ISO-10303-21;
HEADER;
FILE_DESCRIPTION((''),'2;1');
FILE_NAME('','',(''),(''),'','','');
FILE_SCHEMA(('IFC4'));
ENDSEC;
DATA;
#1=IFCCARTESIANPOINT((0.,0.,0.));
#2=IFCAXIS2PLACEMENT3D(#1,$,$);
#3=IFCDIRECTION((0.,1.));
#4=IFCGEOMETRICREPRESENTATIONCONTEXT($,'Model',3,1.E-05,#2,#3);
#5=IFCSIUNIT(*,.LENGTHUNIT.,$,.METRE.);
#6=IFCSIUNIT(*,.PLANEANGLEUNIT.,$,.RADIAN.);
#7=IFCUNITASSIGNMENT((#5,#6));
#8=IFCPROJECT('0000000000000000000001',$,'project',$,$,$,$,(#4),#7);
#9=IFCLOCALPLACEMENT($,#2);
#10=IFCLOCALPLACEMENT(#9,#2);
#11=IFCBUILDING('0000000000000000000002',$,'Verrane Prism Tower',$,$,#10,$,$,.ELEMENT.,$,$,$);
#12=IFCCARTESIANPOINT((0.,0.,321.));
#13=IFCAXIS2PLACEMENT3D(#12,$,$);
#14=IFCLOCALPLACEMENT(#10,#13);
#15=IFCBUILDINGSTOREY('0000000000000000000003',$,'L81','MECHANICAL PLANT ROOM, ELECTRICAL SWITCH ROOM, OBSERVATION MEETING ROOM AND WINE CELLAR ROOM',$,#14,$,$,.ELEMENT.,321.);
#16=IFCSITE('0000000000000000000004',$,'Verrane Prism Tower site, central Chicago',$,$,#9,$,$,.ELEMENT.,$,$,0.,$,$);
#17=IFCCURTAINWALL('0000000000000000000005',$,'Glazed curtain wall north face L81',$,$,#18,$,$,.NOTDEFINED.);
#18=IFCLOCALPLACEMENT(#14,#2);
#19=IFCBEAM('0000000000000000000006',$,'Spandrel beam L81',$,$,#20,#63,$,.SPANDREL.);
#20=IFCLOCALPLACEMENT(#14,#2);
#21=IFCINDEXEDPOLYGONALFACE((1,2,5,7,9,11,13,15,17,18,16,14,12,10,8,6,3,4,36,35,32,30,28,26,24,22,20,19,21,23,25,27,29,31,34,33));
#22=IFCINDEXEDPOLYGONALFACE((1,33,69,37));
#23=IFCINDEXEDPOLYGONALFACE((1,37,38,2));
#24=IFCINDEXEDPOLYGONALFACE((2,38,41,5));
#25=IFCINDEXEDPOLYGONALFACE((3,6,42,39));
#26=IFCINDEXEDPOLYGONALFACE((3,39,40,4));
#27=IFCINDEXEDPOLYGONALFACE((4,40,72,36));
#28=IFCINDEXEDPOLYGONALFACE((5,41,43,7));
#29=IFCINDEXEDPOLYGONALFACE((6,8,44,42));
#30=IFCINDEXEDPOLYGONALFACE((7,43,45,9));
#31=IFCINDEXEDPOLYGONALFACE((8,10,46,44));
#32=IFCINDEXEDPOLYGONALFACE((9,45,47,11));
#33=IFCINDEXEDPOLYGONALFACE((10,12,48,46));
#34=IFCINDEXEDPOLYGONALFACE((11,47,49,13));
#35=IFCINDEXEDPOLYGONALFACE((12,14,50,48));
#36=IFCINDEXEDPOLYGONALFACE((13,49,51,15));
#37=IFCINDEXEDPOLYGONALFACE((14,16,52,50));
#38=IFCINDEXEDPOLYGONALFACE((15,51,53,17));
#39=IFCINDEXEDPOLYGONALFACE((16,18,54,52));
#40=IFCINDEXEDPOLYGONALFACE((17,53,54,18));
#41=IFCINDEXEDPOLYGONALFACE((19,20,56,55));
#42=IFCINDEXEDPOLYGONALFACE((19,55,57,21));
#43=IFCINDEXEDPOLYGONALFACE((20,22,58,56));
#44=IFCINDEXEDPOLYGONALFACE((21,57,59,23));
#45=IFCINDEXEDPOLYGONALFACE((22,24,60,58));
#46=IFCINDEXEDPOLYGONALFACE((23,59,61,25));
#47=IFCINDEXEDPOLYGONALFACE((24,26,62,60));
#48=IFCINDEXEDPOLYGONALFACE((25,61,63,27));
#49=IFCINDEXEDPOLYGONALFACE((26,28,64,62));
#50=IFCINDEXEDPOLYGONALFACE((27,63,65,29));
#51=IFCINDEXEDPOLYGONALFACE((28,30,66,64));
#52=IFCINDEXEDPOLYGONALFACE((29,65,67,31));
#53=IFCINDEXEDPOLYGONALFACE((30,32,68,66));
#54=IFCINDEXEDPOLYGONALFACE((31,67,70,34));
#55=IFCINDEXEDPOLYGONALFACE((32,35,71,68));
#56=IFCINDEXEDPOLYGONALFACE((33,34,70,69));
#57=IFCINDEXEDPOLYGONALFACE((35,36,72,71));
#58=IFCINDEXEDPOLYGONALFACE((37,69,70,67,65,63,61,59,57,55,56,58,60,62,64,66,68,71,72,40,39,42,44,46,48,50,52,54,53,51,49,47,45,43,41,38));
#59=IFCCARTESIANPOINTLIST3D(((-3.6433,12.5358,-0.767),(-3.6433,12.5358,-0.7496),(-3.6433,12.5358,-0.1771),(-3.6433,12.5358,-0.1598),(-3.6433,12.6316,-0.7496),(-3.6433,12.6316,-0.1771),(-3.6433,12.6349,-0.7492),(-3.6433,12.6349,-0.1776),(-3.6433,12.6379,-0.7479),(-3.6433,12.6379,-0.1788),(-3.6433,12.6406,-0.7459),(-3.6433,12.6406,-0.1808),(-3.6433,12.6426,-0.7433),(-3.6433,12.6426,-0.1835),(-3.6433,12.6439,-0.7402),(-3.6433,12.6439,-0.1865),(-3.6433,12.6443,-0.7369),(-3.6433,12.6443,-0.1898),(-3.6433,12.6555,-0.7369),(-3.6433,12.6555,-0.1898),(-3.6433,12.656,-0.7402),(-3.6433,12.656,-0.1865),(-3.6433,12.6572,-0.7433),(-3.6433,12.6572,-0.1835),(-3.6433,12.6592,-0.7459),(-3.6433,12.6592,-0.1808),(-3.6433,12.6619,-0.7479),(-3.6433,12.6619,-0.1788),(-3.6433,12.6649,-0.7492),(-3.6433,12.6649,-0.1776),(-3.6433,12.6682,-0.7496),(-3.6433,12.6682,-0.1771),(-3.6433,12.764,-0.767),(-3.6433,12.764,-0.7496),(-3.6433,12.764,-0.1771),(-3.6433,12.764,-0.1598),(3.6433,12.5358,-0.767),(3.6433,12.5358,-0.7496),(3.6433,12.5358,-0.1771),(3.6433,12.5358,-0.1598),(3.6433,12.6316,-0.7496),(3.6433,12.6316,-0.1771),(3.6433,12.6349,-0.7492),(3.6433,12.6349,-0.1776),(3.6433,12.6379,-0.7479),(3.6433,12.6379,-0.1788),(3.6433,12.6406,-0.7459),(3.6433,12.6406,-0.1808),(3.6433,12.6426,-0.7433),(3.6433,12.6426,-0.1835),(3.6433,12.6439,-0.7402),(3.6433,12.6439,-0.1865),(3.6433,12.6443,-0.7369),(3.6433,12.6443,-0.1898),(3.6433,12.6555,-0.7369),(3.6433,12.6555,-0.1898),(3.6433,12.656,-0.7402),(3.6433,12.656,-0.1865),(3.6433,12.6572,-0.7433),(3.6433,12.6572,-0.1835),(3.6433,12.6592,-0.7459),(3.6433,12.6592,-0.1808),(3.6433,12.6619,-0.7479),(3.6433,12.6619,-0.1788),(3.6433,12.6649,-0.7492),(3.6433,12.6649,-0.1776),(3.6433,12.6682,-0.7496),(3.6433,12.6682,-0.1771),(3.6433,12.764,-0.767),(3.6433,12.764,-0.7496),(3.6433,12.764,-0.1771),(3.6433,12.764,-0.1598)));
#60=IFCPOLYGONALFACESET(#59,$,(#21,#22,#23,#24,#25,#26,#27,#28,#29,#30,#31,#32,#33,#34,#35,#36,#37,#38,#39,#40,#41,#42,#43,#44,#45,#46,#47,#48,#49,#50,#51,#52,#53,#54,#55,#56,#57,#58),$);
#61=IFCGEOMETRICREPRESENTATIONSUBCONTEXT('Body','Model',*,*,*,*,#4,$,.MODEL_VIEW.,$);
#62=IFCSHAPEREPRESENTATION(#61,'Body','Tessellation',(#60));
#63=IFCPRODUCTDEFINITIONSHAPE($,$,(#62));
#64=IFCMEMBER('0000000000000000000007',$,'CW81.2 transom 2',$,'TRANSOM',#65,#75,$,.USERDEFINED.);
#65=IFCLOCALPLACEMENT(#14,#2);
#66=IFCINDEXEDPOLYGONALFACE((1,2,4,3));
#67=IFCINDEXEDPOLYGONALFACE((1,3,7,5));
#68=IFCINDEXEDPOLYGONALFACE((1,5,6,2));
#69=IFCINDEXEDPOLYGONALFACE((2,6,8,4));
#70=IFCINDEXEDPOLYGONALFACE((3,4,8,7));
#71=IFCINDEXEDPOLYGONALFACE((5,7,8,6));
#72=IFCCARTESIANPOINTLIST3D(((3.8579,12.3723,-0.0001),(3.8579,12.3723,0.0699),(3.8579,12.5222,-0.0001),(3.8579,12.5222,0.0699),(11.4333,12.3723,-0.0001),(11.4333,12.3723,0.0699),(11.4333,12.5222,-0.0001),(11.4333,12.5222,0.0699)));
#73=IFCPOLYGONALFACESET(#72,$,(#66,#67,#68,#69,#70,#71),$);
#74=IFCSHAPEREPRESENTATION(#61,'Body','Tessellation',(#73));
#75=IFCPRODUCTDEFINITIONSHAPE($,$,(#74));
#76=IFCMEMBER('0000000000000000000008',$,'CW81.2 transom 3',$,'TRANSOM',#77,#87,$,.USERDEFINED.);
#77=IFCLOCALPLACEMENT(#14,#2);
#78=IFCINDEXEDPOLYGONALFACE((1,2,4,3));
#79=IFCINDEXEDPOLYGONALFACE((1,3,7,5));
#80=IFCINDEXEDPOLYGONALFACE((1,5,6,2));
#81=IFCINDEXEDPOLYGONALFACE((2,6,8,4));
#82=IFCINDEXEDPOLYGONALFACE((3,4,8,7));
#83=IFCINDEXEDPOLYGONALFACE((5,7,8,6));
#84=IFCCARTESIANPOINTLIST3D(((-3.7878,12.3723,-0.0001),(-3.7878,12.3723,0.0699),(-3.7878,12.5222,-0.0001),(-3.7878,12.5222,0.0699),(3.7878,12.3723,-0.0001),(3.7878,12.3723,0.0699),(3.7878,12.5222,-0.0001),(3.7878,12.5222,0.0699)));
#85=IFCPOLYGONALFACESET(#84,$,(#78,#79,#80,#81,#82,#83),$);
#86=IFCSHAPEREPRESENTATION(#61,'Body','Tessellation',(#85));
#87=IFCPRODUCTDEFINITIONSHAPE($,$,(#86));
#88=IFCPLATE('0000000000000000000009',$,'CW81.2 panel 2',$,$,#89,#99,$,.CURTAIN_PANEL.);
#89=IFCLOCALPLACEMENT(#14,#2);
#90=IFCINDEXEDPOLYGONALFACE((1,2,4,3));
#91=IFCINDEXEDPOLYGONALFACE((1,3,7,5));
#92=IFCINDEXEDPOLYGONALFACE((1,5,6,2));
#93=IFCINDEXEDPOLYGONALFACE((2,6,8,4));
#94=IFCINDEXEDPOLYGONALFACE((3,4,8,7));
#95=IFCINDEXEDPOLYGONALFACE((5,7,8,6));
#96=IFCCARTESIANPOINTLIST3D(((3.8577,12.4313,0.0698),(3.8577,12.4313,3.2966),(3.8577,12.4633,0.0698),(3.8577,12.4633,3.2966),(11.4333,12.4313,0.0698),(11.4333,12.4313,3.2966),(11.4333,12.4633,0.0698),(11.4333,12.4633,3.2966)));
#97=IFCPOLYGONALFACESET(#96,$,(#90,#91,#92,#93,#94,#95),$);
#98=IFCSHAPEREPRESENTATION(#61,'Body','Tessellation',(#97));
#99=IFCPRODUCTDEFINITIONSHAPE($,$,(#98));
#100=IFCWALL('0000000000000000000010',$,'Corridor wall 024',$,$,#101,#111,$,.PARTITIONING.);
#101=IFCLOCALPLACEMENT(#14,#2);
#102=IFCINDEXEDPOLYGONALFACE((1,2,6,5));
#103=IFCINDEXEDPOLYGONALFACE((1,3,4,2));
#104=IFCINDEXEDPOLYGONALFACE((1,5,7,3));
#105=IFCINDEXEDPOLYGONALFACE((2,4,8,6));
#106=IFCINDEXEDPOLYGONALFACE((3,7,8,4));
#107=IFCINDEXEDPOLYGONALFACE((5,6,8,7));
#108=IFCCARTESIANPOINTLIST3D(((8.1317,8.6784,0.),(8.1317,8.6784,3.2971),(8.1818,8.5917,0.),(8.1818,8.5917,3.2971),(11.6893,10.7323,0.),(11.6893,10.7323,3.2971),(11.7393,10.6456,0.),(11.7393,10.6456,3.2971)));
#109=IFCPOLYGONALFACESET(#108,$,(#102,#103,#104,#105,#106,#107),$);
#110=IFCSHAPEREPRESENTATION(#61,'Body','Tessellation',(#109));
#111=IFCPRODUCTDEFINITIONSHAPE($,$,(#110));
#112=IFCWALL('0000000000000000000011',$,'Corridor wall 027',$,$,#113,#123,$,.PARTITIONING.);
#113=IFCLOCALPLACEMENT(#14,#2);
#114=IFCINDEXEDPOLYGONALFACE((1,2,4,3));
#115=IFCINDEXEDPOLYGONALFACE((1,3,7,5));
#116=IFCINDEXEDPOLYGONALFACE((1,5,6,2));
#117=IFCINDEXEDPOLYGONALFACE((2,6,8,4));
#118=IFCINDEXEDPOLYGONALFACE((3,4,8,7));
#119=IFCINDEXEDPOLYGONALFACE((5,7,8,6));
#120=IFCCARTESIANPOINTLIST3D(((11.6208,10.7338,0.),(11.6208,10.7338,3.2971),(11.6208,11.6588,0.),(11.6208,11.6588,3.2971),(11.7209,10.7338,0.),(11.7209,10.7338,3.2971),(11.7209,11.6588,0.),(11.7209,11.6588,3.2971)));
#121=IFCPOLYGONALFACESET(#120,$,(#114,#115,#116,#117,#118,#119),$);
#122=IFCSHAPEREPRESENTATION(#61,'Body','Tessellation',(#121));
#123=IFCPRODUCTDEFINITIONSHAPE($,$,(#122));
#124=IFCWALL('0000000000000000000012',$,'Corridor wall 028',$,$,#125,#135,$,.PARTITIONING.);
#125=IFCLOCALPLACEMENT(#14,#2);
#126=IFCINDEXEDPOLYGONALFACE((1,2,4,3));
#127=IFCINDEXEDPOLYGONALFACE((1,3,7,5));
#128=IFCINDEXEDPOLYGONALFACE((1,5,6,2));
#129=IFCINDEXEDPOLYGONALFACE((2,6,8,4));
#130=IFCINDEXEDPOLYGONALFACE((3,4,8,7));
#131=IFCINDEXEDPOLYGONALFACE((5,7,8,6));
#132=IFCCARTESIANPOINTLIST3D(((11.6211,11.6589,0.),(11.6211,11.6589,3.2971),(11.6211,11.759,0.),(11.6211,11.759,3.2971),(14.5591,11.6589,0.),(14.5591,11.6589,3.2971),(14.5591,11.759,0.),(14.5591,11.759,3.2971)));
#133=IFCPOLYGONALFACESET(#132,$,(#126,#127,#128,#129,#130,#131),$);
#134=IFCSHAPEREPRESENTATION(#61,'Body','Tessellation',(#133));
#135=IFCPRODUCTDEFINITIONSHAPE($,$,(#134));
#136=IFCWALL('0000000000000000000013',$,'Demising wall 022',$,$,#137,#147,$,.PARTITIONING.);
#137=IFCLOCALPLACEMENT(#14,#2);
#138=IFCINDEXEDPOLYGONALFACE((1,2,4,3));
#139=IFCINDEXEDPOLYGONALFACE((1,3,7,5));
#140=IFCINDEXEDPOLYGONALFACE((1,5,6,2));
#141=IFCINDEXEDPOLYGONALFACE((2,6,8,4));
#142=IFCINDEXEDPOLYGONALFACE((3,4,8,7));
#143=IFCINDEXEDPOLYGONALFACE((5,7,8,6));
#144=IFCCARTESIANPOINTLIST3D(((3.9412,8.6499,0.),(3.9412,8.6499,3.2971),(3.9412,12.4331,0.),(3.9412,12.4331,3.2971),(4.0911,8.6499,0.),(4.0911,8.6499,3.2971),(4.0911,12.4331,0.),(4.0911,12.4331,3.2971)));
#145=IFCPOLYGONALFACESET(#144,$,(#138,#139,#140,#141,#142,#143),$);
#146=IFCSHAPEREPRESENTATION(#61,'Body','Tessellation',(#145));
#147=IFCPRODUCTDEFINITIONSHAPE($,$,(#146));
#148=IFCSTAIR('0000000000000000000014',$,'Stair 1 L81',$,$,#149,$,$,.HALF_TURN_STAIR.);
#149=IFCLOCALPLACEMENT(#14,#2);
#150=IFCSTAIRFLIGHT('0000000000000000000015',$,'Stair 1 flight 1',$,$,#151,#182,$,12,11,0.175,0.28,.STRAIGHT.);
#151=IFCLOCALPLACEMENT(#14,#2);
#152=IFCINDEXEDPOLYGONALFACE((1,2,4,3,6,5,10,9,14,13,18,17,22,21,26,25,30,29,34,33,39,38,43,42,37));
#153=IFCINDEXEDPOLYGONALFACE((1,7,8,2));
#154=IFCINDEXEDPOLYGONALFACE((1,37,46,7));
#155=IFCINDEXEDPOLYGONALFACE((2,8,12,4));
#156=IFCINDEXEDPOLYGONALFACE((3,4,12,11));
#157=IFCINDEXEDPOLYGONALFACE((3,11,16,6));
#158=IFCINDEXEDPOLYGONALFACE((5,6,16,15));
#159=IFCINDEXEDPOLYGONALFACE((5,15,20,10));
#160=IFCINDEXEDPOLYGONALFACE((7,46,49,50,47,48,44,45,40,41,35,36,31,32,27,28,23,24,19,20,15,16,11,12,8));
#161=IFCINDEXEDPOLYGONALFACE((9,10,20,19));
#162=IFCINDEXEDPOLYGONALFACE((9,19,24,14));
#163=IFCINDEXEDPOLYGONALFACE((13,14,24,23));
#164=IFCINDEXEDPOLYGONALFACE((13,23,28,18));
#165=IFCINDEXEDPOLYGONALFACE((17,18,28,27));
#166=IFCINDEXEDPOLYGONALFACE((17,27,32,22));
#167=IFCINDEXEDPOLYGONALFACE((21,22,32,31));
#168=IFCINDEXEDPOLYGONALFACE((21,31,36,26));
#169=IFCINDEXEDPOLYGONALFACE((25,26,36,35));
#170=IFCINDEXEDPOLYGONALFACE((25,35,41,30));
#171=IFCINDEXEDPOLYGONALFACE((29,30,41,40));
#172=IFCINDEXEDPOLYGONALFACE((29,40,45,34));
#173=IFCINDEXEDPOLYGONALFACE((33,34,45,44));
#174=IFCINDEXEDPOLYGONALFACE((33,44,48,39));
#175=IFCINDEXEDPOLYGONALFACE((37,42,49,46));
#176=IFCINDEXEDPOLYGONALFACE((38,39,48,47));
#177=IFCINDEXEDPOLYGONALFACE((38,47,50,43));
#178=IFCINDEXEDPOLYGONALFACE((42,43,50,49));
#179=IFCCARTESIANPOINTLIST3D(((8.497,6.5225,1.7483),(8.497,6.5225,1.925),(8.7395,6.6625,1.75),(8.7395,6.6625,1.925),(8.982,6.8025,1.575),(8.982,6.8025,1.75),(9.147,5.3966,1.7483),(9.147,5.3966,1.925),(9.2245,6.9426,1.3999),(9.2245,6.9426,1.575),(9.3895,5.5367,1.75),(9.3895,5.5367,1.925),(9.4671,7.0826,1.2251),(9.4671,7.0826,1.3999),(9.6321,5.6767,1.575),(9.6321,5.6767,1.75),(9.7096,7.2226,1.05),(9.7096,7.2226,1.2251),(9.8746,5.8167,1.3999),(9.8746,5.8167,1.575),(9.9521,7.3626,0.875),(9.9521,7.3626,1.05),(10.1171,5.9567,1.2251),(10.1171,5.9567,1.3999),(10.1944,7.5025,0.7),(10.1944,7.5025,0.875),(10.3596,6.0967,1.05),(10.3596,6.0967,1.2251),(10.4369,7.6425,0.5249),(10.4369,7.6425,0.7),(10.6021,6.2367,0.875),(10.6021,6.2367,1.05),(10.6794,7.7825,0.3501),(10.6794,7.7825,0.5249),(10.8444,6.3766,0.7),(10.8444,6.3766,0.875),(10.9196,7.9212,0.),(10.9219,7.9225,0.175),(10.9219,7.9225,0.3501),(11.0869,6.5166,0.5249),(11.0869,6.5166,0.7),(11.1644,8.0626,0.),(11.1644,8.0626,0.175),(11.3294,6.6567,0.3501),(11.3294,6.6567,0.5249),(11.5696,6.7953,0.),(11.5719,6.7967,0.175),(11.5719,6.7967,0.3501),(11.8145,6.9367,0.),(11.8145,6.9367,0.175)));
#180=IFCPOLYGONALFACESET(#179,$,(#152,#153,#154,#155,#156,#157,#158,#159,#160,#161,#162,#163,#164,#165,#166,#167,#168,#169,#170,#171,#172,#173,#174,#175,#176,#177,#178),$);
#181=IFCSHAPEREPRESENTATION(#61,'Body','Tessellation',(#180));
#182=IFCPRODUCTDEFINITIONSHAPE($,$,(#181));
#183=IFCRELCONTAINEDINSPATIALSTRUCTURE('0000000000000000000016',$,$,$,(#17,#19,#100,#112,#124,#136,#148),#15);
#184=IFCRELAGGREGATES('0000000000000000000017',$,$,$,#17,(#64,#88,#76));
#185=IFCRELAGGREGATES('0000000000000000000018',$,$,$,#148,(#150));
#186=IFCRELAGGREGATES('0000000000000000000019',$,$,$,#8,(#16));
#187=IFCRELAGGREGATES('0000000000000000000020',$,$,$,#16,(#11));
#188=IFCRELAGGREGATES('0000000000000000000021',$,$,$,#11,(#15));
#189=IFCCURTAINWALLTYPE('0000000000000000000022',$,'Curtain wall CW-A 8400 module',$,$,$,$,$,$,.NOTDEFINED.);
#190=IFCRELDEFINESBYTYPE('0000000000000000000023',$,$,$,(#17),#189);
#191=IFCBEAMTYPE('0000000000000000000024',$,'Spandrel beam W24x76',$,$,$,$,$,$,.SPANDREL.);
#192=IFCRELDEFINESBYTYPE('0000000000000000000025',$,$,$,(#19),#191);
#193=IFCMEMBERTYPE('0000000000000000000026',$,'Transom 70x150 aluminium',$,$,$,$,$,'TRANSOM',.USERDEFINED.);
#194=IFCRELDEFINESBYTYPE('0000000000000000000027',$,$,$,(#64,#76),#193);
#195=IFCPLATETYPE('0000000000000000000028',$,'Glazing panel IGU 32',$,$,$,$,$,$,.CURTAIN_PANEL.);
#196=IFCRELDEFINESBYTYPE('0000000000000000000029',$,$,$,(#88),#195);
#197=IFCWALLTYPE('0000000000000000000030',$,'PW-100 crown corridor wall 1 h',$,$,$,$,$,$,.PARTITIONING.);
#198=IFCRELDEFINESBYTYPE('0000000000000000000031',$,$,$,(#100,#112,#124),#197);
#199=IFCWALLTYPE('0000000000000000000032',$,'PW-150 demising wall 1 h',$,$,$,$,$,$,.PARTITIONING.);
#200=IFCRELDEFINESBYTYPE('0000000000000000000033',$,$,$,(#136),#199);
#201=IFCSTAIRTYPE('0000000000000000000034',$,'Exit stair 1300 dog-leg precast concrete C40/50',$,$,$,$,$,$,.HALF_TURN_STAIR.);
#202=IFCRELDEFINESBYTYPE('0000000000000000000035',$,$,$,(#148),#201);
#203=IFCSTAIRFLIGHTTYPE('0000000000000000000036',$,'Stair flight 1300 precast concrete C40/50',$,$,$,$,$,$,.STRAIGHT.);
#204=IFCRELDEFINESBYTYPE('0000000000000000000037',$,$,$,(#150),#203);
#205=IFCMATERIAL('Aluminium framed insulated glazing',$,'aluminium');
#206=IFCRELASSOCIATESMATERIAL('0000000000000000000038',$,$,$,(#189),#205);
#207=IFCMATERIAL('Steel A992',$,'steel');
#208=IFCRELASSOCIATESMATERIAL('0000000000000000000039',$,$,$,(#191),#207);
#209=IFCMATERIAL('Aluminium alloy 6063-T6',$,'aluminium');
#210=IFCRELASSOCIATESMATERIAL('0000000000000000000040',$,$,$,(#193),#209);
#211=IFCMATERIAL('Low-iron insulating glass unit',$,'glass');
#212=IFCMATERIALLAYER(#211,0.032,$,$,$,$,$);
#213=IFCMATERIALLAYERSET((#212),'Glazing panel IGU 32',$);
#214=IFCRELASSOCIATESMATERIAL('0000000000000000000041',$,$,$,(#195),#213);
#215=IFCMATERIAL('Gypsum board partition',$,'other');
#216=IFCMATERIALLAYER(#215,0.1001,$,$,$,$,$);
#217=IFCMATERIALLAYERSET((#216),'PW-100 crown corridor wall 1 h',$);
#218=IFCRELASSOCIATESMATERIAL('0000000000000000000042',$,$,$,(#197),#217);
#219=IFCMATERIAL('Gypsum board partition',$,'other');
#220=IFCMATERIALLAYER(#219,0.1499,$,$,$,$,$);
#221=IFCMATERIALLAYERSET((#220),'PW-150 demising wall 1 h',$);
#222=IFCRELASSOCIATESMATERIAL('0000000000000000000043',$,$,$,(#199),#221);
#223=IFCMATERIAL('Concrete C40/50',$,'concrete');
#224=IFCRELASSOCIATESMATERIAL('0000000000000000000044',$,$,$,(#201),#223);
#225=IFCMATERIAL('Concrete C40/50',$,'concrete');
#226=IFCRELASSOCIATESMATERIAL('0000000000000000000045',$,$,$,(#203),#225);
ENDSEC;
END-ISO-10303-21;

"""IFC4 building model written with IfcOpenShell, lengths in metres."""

from ifc_helpers import new_model, si_unit, direction, frame, frame_2d, origin, origin_2d, place, context, subcontext, project, spatial, polyline, rectangle, i_section, outline, extrude, material, layer, layer_set, material_profile, profile_set, type_object, element, aggregate, save


model = new_model("IFC4")

# Units and contexts
model_context = context("Model", 3, precision=1e-05, world=origin(), true_north=direction((0.0, 1.0)))
body_context = subcontext(model_context, "Body", "Model", "MODEL_VIEW")
ifc_project = project(units=[si_unit("LENGTHUNIT", "METRE"), si_unit("PLANEANGLEUNIT", "RADIAN")], contexts=[model_context])

# Site, building, storey
site_placement = place(None, origin())
site = spatial("IfcSite", under=ifc_project, at=site_placement, Name="Verrane Prism Tower site, central Chicago", CompositionType="ELEMENT", RefElevation=0.0)
building_placement = place(site_placement, origin())
building = spatial("IfcBuilding", under=site, at=building_placement, Name="Verrane Prism Tower", CompositionType="ELEMENT")
storey_placement = place(building_placement, frame((0.0, 0.0, 321.0)))
storey = spatial("IfcBuildingStorey", under=building, at=storey_placement, Name="L81", Description="MECHANICAL PLANT ROOM, ELECTRICAL SWITCH ROOM, OBSERVATION MEETING ROOM AND WINE CELLAR ROOM", CompositionType="ELEMENT", Elevation=321.0)

# Curtain wall
ifc_material_1 = material(Name="Aluminium framed insulated glazing", Category="aluminium")
curtain_wall_type = type_object("IfcCurtainWallType", Name="Curtain wall CW-A 8400 module", PredefinedType="NOTDEFINED", material=ifc_material_1)
curtain_wall_placement = place(storey_placement, origin())
curtain_wall = element("IfcCurtainWall", 1, at=curtain_wall_placement, inside=storey, type_object=curtain_wall_type, Name="Glazed curtain wall north face L81", PredefinedType="NOTDEFINED")

# Beam
ifc_material_2 = material(Name="Steel A992", Category="steel")
ifc_material_profile_1 = material_profile(ifc_material_2, i_section(OverallWidth=0.2283, OverallDepth=0.6072, WebThickness=0.0112, FlangeThickness=0.0173, FilletRadius=0.0127, at=origin_2d()), Name="W24x76")
ifc_profile_set_1 = profile_set([ifc_material_profile_1], Name="Steel A992")
beam_type_1 = type_object("IfcBeamType", Name="Spandrel beam W24x76", PredefinedType="SPANDREL", material=ifc_profile_set_1)
beam_1_placement = place(storey_placement, frame((3.6433, 12.6499, -0.4634), z_axis=(-1.0, 0.0, 0.0), x_axis=(0.0, -1.0, 0.0)))
element("IfcBeam", 2, at=beam_1_placement, inside=storey, type_object=beam_type_1, Name="Spandrel beam L81", PredefinedType="SPANDREL", context=body_context, shape_type="SweptSolid", body=[
    extrude(i_section(OverallWidth=0.2283, OverallDepth=0.6072, WebThickness=0.0112, FlangeThickness=0.0173, FilletRadius=0.0127, at=origin_2d()), origin(), (0.0, 0.0, 1.0), 7.2866),
])

# Members
ifc_material_3 = material(Name="Aluminium alloy 6063-T6", Category="aluminium")
ifc_material_profile_2 = material_profile(ifc_material_3, rectangle(XDim=0.1499, YDim=0.0701, at=origin_2d()), Name="Transom 70x150 aluminium")
ifc_profile_set_2 = profile_set([ifc_material_profile_2], Name="Aluminium alloy 6063-T6")
member_type_1 = type_object("IfcMemberType", Name="Transom 70x150 aluminium", ElementType="TRANSOM", PredefinedType="USERDEFINED", material=ifc_profile_set_2)
member_1_placement = place(storey_placement, frame((11.4333, 12.4473, 0.0349), z_axis=(-1.0, 0.0, 0.0), x_axis=(0.0, -1.0, 0.0)))
member_1 = element("IfcMember", 3, at=member_1_placement, type_object=member_type_1, Name="CW81.2 transom 2", ObjectType="TRANSOM", PredefinedType="USERDEFINED", context=body_context, shape_type="SweptSolid", body=[
    extrude(rectangle(XDim=0.1499, YDim=0.0701, at=origin_2d()), origin(), (0.0, 0.0, 1.0), 7.5754),
])
member_2_placement = place(storey_placement, frame((3.7878, 12.4473, 0.0349), z_axis=(-1.0, 0.0, 0.0), x_axis=(0.0, -1.0, 0.0)))
member_2 = element("IfcMember", 4, at=member_2_placement, type_object=member_type_1, Name="CW81.2 transom 3", ObjectType="TRANSOM", PredefinedType="USERDEFINED", context=body_context, shape_type="SweptSolid", body=[
    extrude(rectangle(XDim=0.1499, YDim=0.0701, at=origin_2d()), origin(), (0.0, 0.0, 1.0), 7.5757),
])

# Plate
ifc_material_4 = material(Name="Low-iron insulating glass unit", Category="glass")
ifc_layer_1 = layer(ifc_material_4, 0.032)
ifc_layer_set_1 = layer_set([ifc_layer_1], Name="Glazing panel IGU 32")
plate_type = type_object("IfcPlateType", Name="Glazing panel IGU 32", PredefinedType="CURTAIN_PANEL", material=ifc_layer_set_1)
plate_placement = place(storey_placement, frame((7.6455, 12.4473, 0.0698), z_axis=(0.0, 0.0, 1.0), x_axis=(-1.0, 0.0, 0.0)))
plate = element("IfcPlate", 5, at=plate_placement, type_object=plate_type, Name="CW81.2 panel 2", PredefinedType="CURTAIN_PANEL", context=body_context, shape_type="SweptSolid", body=[
    extrude(rectangle(XDim=7.5757, YDim=0.032, at=origin_2d()), origin(), (0.0, 0.0, 1.0), 3.2268),
])
aggregate(curtain_wall, [member_1, plate, member_2])

# Walls
ifc_material_5 = material(Name="Gypsum board partition", Category="other")
ifc_layer_2 = layer(ifc_material_5, 0.1001)
ifc_layer_set_2 = layer_set([ifc_layer_2], Name="PW-100 crown corridor wall 1 h")
wall_type_1 = type_object("IfcWallType", Name="PW-100 crown corridor wall 1 h", PredefinedType="PARTITIONING", material=ifc_layer_set_2)
wall_1_placement = place(storey_placement, frame((8.1567, 8.635, 0.0), z_axis=(0.0, 0.0, 1.0), x_axis=(0.866029, 0.499993, 0.0)))
element("IfcWall", 6, at=wall_1_placement, inside=storey, type_object=wall_type_1, Name="Corridor wall 024", PredefinedType="PARTITIONING", context=body_context, shape_type="SweptSolid", body=[
    extrude(rectangle(XDim=4.1079, YDim=0.1001, at=frame_2d((2.054, 0.0))), origin(), (0.0, 0.0, 1.0), 3.2971),
])
wall_2_placement = place(storey_placement, frame((11.6709, 10.7339, 0.0), z_axis=(0.0, 0.0, 1.0), x_axis=(0.0, 1.0, 0.0)))
element("IfcWall", 7, at=wall_2_placement, inside=storey, type_object=wall_type_1, Name="Corridor wall 027", PredefinedType="PARTITIONING", context=body_context, shape_type="SweptSolid", body=[
    extrude(rectangle(XDim=0.925, YDim=0.1001, at=frame_2d((0.4624, 0.0))), origin(), (0.0, 0.0, 1.0), 3.2971),
])
wall_3_placement = place(storey_placement, frame((11.6211, 11.709, 0.0), z_axis=(0.0, 0.0, 1.0), x_axis=(1.0, 0.0, 0.0)))
element("IfcWall", 8, at=wall_3_placement, inside=storey, type_object=wall_type_1, Name="Corridor wall 028", PredefinedType="PARTITIONING", context=body_context, shape_type="SweptSolid", body=[
    extrude(rectangle(XDim=2.938, YDim=0.1001, at=frame_2d((1.469, 0.0))), origin(), (0.0, 0.0, 1.0), 3.2971),
])
ifc_material_6 = material(Name="Gypsum board partition", Category="other")
ifc_layer_3 = layer(ifc_material_6, 0.1499)
ifc_layer_set_3 = layer_set([ifc_layer_3], Name="PW-150 demising wall 1 h")
wall_type_2 = type_object("IfcWallType", Name="PW-150 demising wall 1 h", PredefinedType="PARTITIONING", material=ifc_layer_set_3)
wall_4_placement = place(storey_placement, frame((4.0161, 8.6499, 0.0), z_axis=(0.0, 0.0, 1.0), x_axis=(0.0, 1.0, 0.0)))
element("IfcWall", 9, at=wall_4_placement, inside=storey, type_object=wall_type_2, Name="Demising wall 022", PredefinedType="PARTITIONING", context=body_context, shape_type="SweptSolid", body=[
    extrude(rectangle(XDim=3.7832, YDim=0.1499, at=frame_2d((1.8916, 0.0))), origin(), (0.0, 0.0, 1.0), 3.2971),
])

# Stair, stair flight
ifc_material_7 = material(Name="Concrete C40/50", Category="concrete")
stair_type = type_object("IfcStairType", Name="Exit stair 1300 dog-leg precast concrete C40/50", PredefinedType="HALF_TURN_STAIR", material=ifc_material_7)
stair_placement = place(storey_placement, origin())
stair = element("IfcStair", 10, at=stair_placement, inside=storey, type_object=stair_type, Name="Stair 1 L81", PredefinedType="HALF_TURN_STAIR")
ifc_material_8 = material(Name="Concrete C40/50", Category="concrete")
stair_flight_type = type_object("IfcStairFlightType", Name="Stair flight 1300 precast concrete C40/50", PredefinedType="STRAIGHT", material=ifc_material_8)
stair_flight_placement = place(storey_placement, frame((11.4895, 7.4995, 0.0), z_axis=(0.0, 0.0, 1.0), x_axis=(-0.866025, -0.5, 0.0)))
stair_flight = element("IfcStairFlight", 11, at=stair_flight_placement, type_object=stair_flight_type, Name="Stair 1 flight 1", NumberOfRisers=12, NumberOfTreads=11, PredefinedType="STRAIGHT", RiserHeight=0.175, TreadLength=0.28, context=body_context, shape_type="SweptSolid", body=[
    extrude(outline(polyline([(0.0, 0.0), (0.0, 0.175), (0.28, 0.175), (0.28, 0.3501), (0.5601, 0.3501), (0.5601, 0.5249), (0.8401, 0.5249), (0.8401, 0.7), (1.1201, 0.7), (1.1201, 0.875), (1.3999, 0.875), (1.3999, 1.05), (1.6799, 1.05), (1.6799, 1.2251), (1.96, 1.2251), (1.96, 1.3999), (2.24, 1.3999), (2.24, 1.575), (2.52, 1.575), (2.52, 1.75), (2.8, 1.75), (2.8, 1.925), (3.0801, 1.925), (3.0801, 2.1001), (3.0801, 1.7483), (0.2827, 0.0), (0.0, 0.0)])), frame((0.0, 0.6499, 0.0), z_axis=(0.0, -1.0, 0.0), x_axis=(1.0, 0.0, 0.0)), (0.0, 0.0, 1.0), 1.3),
])
aggregate(stair, [stair_flight])

save(model, "model.ifc")
